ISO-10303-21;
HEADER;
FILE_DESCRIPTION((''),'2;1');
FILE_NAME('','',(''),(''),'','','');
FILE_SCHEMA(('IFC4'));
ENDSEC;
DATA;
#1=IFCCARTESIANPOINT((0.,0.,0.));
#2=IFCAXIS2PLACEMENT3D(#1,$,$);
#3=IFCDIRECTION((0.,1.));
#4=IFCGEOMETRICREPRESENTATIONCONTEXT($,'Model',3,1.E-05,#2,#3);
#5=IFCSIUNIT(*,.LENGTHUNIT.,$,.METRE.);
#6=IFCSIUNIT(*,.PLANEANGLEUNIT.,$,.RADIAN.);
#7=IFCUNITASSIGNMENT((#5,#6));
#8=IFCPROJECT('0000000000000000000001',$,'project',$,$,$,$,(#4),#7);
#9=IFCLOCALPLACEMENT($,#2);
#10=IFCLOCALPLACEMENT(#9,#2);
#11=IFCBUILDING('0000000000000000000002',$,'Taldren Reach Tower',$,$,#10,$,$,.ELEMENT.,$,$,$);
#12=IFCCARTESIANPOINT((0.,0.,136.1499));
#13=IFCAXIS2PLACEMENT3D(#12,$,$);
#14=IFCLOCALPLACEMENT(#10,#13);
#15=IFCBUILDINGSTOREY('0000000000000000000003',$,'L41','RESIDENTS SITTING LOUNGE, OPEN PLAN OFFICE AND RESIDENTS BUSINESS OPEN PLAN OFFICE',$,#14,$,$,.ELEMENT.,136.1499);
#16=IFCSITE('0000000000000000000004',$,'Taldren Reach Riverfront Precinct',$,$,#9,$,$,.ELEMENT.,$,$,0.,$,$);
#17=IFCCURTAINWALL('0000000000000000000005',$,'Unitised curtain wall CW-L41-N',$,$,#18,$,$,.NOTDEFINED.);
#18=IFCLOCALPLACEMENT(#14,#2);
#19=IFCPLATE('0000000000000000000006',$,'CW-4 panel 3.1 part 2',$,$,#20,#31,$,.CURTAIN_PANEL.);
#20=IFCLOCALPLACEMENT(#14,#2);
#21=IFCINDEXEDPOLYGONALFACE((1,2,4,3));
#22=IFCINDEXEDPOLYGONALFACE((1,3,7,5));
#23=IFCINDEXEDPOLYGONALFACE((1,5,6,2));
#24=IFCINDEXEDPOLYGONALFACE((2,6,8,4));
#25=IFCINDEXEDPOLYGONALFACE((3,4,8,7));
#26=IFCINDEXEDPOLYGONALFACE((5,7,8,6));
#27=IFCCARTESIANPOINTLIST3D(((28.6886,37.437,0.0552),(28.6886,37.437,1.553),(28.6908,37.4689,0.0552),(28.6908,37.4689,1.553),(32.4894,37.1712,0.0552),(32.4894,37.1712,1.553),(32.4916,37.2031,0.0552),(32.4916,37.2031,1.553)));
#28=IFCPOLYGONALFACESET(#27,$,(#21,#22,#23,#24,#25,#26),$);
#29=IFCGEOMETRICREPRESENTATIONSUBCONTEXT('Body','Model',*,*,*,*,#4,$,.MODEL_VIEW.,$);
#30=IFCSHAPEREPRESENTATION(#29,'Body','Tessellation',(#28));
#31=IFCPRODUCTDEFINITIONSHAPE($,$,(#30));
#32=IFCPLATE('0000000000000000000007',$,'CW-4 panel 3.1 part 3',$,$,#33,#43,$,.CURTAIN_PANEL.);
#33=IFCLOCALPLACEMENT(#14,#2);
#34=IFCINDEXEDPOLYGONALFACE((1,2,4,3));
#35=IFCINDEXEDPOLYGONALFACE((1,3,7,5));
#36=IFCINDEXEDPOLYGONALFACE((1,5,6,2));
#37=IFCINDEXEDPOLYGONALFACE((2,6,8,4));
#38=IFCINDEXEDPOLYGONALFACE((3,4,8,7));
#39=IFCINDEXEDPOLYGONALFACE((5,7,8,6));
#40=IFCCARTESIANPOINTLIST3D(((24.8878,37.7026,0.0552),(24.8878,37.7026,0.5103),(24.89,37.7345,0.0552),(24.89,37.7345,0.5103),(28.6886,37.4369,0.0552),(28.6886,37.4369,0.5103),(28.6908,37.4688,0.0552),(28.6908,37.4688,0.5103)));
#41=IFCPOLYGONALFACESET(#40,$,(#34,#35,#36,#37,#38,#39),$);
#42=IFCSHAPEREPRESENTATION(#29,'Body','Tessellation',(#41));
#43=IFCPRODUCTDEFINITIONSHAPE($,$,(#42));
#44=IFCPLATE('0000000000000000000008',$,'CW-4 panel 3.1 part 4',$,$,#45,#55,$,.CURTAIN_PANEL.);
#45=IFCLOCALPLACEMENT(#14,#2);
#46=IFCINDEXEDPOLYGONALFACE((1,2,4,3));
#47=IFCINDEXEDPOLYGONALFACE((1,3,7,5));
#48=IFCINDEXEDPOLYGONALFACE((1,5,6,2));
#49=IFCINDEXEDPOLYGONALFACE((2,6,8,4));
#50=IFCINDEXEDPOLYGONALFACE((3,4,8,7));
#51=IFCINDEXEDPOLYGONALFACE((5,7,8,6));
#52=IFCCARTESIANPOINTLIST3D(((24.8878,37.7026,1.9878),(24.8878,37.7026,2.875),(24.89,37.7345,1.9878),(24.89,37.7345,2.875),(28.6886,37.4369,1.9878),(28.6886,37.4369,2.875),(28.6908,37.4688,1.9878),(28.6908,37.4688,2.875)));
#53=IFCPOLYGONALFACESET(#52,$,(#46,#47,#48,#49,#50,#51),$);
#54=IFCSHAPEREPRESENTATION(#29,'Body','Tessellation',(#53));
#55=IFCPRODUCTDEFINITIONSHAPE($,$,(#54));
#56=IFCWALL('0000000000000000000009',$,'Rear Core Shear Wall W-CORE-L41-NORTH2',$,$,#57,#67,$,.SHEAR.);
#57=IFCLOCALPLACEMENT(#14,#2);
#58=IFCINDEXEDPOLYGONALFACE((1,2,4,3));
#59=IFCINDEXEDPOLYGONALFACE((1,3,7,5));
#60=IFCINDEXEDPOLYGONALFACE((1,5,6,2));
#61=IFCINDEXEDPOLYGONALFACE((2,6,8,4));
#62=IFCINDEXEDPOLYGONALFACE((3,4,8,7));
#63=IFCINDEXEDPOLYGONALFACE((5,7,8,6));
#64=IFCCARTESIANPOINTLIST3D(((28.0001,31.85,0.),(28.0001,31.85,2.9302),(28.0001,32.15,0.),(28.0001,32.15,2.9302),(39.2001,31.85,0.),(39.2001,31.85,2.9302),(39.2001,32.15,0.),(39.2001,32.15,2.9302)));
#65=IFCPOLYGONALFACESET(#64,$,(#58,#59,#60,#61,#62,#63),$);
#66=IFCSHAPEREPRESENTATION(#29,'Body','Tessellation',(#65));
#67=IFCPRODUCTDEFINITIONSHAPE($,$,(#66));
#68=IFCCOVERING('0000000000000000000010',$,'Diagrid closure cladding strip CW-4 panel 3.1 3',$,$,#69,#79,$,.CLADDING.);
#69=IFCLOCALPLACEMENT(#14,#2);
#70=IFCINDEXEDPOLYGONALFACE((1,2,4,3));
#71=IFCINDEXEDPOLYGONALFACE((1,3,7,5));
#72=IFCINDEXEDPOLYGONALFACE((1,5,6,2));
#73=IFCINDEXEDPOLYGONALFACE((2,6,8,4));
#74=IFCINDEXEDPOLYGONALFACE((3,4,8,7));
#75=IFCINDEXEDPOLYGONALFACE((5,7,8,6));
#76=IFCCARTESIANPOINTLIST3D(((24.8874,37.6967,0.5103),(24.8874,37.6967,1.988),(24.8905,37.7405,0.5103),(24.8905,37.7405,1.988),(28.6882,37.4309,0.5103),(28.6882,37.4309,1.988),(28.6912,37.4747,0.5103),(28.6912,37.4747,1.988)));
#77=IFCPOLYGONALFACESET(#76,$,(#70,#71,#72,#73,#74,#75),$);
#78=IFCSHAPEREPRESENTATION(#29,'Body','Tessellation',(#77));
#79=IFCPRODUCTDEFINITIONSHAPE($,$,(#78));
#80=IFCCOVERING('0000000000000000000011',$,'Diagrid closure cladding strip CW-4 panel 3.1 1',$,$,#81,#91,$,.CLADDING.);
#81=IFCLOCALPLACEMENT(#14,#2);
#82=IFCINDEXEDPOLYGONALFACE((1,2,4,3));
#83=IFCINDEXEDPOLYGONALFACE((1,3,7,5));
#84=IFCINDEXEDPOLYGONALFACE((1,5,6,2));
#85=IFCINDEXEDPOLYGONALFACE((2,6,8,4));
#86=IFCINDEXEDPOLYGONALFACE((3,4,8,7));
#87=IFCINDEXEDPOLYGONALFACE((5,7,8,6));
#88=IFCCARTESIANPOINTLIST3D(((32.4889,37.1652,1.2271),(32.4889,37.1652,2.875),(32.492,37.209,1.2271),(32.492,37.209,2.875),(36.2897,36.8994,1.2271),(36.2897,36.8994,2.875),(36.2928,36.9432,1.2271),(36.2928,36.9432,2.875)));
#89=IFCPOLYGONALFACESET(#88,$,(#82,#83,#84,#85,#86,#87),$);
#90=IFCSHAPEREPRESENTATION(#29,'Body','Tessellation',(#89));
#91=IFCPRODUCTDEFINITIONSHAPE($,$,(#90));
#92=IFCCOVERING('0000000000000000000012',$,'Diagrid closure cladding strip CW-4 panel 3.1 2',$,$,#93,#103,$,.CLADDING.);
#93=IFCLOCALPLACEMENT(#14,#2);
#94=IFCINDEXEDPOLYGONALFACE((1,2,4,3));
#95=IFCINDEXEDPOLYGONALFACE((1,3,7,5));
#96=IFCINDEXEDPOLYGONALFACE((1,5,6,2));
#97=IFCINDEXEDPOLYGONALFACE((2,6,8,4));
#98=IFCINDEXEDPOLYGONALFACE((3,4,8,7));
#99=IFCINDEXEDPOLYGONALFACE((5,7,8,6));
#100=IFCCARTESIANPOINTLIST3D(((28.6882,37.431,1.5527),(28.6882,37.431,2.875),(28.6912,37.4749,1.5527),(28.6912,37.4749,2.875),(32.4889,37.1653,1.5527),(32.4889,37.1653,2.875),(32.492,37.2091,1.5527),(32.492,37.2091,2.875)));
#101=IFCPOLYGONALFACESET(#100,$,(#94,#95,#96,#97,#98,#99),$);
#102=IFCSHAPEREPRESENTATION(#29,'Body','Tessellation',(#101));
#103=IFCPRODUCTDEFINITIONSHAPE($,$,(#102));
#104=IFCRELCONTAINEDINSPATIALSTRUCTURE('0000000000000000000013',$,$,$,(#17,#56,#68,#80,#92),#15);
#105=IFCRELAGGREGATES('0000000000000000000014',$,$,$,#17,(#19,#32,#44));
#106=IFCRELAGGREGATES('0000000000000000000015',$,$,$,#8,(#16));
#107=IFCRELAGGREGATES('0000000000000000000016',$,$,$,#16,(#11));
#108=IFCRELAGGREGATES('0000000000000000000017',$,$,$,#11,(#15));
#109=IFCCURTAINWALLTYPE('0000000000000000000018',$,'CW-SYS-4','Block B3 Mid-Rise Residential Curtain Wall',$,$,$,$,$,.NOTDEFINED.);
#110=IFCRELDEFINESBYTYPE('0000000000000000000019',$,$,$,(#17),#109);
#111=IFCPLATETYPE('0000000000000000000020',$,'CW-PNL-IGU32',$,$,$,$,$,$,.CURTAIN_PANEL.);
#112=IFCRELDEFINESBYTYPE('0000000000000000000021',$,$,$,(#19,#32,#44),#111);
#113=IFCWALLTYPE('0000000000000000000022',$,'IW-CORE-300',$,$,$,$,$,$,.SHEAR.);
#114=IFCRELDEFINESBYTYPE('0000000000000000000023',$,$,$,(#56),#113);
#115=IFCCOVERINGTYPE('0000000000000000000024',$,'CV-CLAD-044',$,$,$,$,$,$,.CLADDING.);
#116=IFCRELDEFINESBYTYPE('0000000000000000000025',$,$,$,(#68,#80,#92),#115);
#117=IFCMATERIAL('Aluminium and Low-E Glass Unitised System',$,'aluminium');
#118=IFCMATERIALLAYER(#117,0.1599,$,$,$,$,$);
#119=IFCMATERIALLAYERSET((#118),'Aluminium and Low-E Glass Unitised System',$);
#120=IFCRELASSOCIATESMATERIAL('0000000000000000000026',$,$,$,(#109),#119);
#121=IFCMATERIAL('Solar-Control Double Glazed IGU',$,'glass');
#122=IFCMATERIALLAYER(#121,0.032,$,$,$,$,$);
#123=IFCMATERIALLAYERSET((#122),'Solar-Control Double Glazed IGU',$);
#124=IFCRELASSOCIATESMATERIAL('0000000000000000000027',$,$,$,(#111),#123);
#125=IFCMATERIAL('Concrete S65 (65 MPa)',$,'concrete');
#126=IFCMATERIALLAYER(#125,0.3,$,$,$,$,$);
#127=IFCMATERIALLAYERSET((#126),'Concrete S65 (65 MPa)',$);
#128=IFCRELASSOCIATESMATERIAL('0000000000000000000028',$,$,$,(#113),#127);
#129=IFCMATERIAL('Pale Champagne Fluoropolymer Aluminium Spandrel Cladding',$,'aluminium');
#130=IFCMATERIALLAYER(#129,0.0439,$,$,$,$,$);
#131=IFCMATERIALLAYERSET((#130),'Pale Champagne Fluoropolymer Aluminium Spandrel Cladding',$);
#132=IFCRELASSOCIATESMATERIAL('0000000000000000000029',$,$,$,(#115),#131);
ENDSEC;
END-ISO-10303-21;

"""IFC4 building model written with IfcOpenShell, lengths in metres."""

from ifc_helpers import new_model, si_unit, direction, frame, frame_2d, origin, origin_2d, place, context, subcontext, project, spatial, rectangle, extrude, source, transform, mapped, material, layer, layer_set, type_object, element, aggregate, save


model = new_model("IFC4")

# Units and contexts
model_context = context("Model", 3, precision=1e-05, world=origin(), true_north=direction((0.0, 1.0)))
body_context = subcontext(model_context, "Body", "Model", "MODEL_VIEW")
ifc_project = project(units=[si_unit("LENGTHUNIT", "METRE"), si_unit("PLANEANGLEUNIT", "RADIAN")], contexts=[model_context])

# Site, building, storey
site_placement = place(None, origin())
site = spatial("IfcSite", under=ifc_project, at=site_placement, Name="Taldren Reach Riverfront Precinct", CompositionType="ELEMENT", RefElevation=0.0)
building_placement = place(site_placement, origin())
building = spatial("IfcBuilding", under=site, at=building_placement, Name="Taldren Reach Tower", CompositionType="ELEMENT")
storey_placement = place(building_placement, frame((0.0, 0.0, 136.1499)))
storey = spatial("IfcBuildingStorey", under=building, at=storey_placement, Name="L41", Description="RESIDENTS SITTING LOUNGE, OPEN PLAN OFFICE AND RESIDENTS BUSINESS OPEN PLAN OFFICE", CompositionType="ELEMENT", Elevation=136.1499)

# Curtain wall
ifc_material_1 = material(Name="Aluminium and Low-E Glass Unitised System", Category="aluminium")
ifc_layer_1 = layer(ifc_material_1, 0.1599)
ifc_layer_set_1 = layer_set([ifc_layer_1], Name="Aluminium and Low-E Glass Unitised System")
curtain_wall_type = type_object("IfcCurtainWallType", Name="CW-SYS-4", Description="Block B3 Mid-Rise Residential Curtain Wall", PredefinedType="NOTDEFINED", material=ifc_layer_set_1)
curtain_wall_placement = place(storey_placement, origin())
curtain_wall = element("IfcCurtainWall", 1, at=curtain_wall_placement, inside=storey, type_object=curtain_wall_type, Name="Unitised curtain wall CW-L41-N", PredefinedType="NOTDEFINED")

# Plates
ifc_material_2 = material(Name="Solar-Control Double Glazed IGU", Category="glass")
ifc_layer_2 = layer(ifc_material_2, 0.032)
ifc_layer_set_2 = layer_set([ifc_layer_2], Name="Solar-Control Double Glazed IGU")
plate_type_1 = type_object("IfcPlateType", Name="CW-PNL-IGU32", PredefinedType="CURTAIN_PANEL", material=ifc_layer_set_2)
shared_shape_1 = source(origin(), body_context, "Body", "SweptSolid", [
    extrude(rectangle(XDim=3.8101, YDim=0.032, at=origin_2d()), origin(), (0.0, 0.0, 1.0), 1.4978),
])
plate_1_placement = place(storey_placement, frame((30.5901, 37.3201, 0.0552), z_axis=(0.0, 0.0, 1.0), x_axis=(-0.997564, 0.069757, 0.0)))
plate_1 = element("IfcPlate", 2, at=plate_1_placement, type_object=plate_type_1, Name="CW-4 panel 3.1 part 2", PredefinedType="CURTAIN_PANEL", context=body_context, shape_type="MappedRepresentation", body=[
    mapped(shared_shape_1, transform((0.0, 0.0, 0.0), scale=1.0)),
])
shared_shape_2 = source(origin(), body_context, "Body", "SweptSolid", [
    extrude(rectangle(XDim=3.8101, YDim=0.032, at=origin_2d()), origin(), (0.0, 0.0, 1.0), 0.4551),
])
plate_2_placement = place(storey_placement, frame((26.7893, 37.5857, 0.0552), z_axis=(0.0, 0.0, 1.0), x_axis=(-0.997564, 0.069757, 0.0)))
plate_2 = element("IfcPlate", 3, at=plate_2_placement, type_object=plate_type_1, Name="CW-4 panel 3.1 part 3", PredefinedType="CURTAIN_PANEL", context=body_context, shape_type="MappedRepresentation", body=[
    mapped(shared_shape_2, transform((0.0, 0.0, 0.0), scale=1.0)),
])
shared_shape_3 = source(origin(), body_context, "Body", "SweptSolid", [
    extrude(rectangle(XDim=3.8101, YDim=0.032, at=origin_2d()), origin(), (0.0, 0.0, 1.0), 0.8872),
])
plate_3_placement = place(storey_placement, frame((26.7893, 37.5857, 1.9878), z_axis=(0.0, 0.0, 1.0), x_axis=(-0.997564, 0.069757, 0.0)))
plate_3 = element("IfcPlate", 4, at=plate_3_placement, type_object=plate_type_1, Name="CW-4 panel 3.1 part 4", PredefinedType="CURTAIN_PANEL", context=body_context, shape_type="MappedRepresentation", body=[
    mapped(shared_shape_3, transform((0.0, 0.0, 0.0), scale=1.0)),
])
aggregate(curtain_wall, [plate_1, plate_2, plate_3])

# Wall
ifc_material_3 = material(Name="Concrete S65 (65 MPa)", Category="concrete")
ifc_layer_3 = layer(ifc_material_3, 0.3)
ifc_layer_set_3 = layer_set([ifc_layer_3], Name="Concrete S65 (65 MPa)")
wall_type = type_object("IfcWallType", Name="IW-CORE-300", PredefinedType="SHEAR", material=ifc_layer_set_3)
shared_shape_4 = source(origin(), body_context, "Body", "SweptSolid", [
    extrude(rectangle(XDim=11.2, YDim=0.3, at=frame_2d((5.6001, 0.0))), origin(), (0.0, 0.0, 1.0), 2.9302),
])
wall_placement = place(storey_placement, frame((28.0, 32.0, 0.0), z_axis=(0.0, 0.0, 1.0), x_axis=(1.0, 0.0, 0.0)))
element("IfcWall", 5, at=wall_placement, inside=storey, type_object=wall_type, Name="Rear Core Shear Wall W-CORE-L41-NORTH2", PredefinedType="SHEAR", context=body_context, shape_type="MappedRepresentation", body=[
    mapped(shared_shape_4, transform((0.0, 0.0, 0.0), scale=1.0)),
])

# Coverings
ifc_material_4 = material(Name="Pale Champagne Fluoropolymer Aluminium Spandrel Cladding", Category="aluminium")
ifc_layer_4 = layer(ifc_material_4, 0.0439)
ifc_layer_set_4 = layer_set([ifc_layer_4], Name="Pale Champagne Fluoropolymer Aluminium Spandrel Cladding")
covering_type = type_object("IfcCoveringType", Name="CV-CLAD-044", PredefinedType="CLADDING", material=ifc_layer_set_4)
shared_shape_5 = source(origin(), body_context, "Body", "SweptSolid", [
    extrude(rectangle(XDim=3.8101, YDim=0.0439, at=origin_2d()), origin(), (0.0, 0.0, 1.0), 1.4778),
])
covering_1_placement = place(storey_placement, frame((26.7893, 37.5857, 0.5103), z_axis=(0.0, 0.0, 1.0), x_axis=(-0.997564, 0.069757, 0.0)))
element("IfcCovering", 6, at=covering_1_placement, inside=storey, type_object=covering_type, Name="Diagrid closure cladding strip CW-4 panel 3.1 3", PredefinedType="CLADDING", context=body_context, shape_type="MappedRepresentation", body=[
    mapped(shared_shape_5, transform((0.0, 0.0, 0.0), scale=1.0)),
])
shared_shape_6 = source(origin(), body_context, "Body", "SweptSolid", [
    extrude(rectangle(XDim=3.8101, YDim=0.0439, at=origin_2d()), origin(), (0.0, 0.0, 1.0), 1.6479),
])
covering_2_placement = place(storey_placement, frame((34.3909, 37.0542, 1.2271), z_axis=(0.0, 0.0, 1.0), x_axis=(-0.997564, 0.069757, 0.0)))
element("IfcCovering", 7, at=covering_2_placement, inside=storey, type_object=covering_type, Name="Diagrid closure cladding strip CW-4 panel 3.1 1", PredefinedType="CLADDING", context=body_context, shape_type="MappedRepresentation", body=[
    mapped(shared_shape_6, transform((0.0, 0.0, 0.0), scale=1.0)),
])
shared_shape_7 = source(origin(), body_context, "Body", "SweptSolid", [
    extrude(rectangle(XDim=3.8101, YDim=0.0439, at=origin_2d()), origin(), (0.0, 0.0, 1.0), 1.3223),
])
covering_3_placement = place(storey_placement, frame((30.5901, 37.3201, 1.5527), z_axis=(0.0, 0.0, 1.0), x_axis=(-0.997564, 0.069757, 0.0)))
element("IfcCovering", 8, at=covering_3_placement, inside=storey, type_object=covering_type, Name="Diagrid closure cladding strip CW-4 panel 3.1 2", PredefinedType="CLADDING", context=body_context, shape_type="MappedRepresentation", body=[
    mapped(shared_shape_7, transform((0.0, 0.0, 0.0), scale=1.0)),
])

save(model, "model.ifc")
